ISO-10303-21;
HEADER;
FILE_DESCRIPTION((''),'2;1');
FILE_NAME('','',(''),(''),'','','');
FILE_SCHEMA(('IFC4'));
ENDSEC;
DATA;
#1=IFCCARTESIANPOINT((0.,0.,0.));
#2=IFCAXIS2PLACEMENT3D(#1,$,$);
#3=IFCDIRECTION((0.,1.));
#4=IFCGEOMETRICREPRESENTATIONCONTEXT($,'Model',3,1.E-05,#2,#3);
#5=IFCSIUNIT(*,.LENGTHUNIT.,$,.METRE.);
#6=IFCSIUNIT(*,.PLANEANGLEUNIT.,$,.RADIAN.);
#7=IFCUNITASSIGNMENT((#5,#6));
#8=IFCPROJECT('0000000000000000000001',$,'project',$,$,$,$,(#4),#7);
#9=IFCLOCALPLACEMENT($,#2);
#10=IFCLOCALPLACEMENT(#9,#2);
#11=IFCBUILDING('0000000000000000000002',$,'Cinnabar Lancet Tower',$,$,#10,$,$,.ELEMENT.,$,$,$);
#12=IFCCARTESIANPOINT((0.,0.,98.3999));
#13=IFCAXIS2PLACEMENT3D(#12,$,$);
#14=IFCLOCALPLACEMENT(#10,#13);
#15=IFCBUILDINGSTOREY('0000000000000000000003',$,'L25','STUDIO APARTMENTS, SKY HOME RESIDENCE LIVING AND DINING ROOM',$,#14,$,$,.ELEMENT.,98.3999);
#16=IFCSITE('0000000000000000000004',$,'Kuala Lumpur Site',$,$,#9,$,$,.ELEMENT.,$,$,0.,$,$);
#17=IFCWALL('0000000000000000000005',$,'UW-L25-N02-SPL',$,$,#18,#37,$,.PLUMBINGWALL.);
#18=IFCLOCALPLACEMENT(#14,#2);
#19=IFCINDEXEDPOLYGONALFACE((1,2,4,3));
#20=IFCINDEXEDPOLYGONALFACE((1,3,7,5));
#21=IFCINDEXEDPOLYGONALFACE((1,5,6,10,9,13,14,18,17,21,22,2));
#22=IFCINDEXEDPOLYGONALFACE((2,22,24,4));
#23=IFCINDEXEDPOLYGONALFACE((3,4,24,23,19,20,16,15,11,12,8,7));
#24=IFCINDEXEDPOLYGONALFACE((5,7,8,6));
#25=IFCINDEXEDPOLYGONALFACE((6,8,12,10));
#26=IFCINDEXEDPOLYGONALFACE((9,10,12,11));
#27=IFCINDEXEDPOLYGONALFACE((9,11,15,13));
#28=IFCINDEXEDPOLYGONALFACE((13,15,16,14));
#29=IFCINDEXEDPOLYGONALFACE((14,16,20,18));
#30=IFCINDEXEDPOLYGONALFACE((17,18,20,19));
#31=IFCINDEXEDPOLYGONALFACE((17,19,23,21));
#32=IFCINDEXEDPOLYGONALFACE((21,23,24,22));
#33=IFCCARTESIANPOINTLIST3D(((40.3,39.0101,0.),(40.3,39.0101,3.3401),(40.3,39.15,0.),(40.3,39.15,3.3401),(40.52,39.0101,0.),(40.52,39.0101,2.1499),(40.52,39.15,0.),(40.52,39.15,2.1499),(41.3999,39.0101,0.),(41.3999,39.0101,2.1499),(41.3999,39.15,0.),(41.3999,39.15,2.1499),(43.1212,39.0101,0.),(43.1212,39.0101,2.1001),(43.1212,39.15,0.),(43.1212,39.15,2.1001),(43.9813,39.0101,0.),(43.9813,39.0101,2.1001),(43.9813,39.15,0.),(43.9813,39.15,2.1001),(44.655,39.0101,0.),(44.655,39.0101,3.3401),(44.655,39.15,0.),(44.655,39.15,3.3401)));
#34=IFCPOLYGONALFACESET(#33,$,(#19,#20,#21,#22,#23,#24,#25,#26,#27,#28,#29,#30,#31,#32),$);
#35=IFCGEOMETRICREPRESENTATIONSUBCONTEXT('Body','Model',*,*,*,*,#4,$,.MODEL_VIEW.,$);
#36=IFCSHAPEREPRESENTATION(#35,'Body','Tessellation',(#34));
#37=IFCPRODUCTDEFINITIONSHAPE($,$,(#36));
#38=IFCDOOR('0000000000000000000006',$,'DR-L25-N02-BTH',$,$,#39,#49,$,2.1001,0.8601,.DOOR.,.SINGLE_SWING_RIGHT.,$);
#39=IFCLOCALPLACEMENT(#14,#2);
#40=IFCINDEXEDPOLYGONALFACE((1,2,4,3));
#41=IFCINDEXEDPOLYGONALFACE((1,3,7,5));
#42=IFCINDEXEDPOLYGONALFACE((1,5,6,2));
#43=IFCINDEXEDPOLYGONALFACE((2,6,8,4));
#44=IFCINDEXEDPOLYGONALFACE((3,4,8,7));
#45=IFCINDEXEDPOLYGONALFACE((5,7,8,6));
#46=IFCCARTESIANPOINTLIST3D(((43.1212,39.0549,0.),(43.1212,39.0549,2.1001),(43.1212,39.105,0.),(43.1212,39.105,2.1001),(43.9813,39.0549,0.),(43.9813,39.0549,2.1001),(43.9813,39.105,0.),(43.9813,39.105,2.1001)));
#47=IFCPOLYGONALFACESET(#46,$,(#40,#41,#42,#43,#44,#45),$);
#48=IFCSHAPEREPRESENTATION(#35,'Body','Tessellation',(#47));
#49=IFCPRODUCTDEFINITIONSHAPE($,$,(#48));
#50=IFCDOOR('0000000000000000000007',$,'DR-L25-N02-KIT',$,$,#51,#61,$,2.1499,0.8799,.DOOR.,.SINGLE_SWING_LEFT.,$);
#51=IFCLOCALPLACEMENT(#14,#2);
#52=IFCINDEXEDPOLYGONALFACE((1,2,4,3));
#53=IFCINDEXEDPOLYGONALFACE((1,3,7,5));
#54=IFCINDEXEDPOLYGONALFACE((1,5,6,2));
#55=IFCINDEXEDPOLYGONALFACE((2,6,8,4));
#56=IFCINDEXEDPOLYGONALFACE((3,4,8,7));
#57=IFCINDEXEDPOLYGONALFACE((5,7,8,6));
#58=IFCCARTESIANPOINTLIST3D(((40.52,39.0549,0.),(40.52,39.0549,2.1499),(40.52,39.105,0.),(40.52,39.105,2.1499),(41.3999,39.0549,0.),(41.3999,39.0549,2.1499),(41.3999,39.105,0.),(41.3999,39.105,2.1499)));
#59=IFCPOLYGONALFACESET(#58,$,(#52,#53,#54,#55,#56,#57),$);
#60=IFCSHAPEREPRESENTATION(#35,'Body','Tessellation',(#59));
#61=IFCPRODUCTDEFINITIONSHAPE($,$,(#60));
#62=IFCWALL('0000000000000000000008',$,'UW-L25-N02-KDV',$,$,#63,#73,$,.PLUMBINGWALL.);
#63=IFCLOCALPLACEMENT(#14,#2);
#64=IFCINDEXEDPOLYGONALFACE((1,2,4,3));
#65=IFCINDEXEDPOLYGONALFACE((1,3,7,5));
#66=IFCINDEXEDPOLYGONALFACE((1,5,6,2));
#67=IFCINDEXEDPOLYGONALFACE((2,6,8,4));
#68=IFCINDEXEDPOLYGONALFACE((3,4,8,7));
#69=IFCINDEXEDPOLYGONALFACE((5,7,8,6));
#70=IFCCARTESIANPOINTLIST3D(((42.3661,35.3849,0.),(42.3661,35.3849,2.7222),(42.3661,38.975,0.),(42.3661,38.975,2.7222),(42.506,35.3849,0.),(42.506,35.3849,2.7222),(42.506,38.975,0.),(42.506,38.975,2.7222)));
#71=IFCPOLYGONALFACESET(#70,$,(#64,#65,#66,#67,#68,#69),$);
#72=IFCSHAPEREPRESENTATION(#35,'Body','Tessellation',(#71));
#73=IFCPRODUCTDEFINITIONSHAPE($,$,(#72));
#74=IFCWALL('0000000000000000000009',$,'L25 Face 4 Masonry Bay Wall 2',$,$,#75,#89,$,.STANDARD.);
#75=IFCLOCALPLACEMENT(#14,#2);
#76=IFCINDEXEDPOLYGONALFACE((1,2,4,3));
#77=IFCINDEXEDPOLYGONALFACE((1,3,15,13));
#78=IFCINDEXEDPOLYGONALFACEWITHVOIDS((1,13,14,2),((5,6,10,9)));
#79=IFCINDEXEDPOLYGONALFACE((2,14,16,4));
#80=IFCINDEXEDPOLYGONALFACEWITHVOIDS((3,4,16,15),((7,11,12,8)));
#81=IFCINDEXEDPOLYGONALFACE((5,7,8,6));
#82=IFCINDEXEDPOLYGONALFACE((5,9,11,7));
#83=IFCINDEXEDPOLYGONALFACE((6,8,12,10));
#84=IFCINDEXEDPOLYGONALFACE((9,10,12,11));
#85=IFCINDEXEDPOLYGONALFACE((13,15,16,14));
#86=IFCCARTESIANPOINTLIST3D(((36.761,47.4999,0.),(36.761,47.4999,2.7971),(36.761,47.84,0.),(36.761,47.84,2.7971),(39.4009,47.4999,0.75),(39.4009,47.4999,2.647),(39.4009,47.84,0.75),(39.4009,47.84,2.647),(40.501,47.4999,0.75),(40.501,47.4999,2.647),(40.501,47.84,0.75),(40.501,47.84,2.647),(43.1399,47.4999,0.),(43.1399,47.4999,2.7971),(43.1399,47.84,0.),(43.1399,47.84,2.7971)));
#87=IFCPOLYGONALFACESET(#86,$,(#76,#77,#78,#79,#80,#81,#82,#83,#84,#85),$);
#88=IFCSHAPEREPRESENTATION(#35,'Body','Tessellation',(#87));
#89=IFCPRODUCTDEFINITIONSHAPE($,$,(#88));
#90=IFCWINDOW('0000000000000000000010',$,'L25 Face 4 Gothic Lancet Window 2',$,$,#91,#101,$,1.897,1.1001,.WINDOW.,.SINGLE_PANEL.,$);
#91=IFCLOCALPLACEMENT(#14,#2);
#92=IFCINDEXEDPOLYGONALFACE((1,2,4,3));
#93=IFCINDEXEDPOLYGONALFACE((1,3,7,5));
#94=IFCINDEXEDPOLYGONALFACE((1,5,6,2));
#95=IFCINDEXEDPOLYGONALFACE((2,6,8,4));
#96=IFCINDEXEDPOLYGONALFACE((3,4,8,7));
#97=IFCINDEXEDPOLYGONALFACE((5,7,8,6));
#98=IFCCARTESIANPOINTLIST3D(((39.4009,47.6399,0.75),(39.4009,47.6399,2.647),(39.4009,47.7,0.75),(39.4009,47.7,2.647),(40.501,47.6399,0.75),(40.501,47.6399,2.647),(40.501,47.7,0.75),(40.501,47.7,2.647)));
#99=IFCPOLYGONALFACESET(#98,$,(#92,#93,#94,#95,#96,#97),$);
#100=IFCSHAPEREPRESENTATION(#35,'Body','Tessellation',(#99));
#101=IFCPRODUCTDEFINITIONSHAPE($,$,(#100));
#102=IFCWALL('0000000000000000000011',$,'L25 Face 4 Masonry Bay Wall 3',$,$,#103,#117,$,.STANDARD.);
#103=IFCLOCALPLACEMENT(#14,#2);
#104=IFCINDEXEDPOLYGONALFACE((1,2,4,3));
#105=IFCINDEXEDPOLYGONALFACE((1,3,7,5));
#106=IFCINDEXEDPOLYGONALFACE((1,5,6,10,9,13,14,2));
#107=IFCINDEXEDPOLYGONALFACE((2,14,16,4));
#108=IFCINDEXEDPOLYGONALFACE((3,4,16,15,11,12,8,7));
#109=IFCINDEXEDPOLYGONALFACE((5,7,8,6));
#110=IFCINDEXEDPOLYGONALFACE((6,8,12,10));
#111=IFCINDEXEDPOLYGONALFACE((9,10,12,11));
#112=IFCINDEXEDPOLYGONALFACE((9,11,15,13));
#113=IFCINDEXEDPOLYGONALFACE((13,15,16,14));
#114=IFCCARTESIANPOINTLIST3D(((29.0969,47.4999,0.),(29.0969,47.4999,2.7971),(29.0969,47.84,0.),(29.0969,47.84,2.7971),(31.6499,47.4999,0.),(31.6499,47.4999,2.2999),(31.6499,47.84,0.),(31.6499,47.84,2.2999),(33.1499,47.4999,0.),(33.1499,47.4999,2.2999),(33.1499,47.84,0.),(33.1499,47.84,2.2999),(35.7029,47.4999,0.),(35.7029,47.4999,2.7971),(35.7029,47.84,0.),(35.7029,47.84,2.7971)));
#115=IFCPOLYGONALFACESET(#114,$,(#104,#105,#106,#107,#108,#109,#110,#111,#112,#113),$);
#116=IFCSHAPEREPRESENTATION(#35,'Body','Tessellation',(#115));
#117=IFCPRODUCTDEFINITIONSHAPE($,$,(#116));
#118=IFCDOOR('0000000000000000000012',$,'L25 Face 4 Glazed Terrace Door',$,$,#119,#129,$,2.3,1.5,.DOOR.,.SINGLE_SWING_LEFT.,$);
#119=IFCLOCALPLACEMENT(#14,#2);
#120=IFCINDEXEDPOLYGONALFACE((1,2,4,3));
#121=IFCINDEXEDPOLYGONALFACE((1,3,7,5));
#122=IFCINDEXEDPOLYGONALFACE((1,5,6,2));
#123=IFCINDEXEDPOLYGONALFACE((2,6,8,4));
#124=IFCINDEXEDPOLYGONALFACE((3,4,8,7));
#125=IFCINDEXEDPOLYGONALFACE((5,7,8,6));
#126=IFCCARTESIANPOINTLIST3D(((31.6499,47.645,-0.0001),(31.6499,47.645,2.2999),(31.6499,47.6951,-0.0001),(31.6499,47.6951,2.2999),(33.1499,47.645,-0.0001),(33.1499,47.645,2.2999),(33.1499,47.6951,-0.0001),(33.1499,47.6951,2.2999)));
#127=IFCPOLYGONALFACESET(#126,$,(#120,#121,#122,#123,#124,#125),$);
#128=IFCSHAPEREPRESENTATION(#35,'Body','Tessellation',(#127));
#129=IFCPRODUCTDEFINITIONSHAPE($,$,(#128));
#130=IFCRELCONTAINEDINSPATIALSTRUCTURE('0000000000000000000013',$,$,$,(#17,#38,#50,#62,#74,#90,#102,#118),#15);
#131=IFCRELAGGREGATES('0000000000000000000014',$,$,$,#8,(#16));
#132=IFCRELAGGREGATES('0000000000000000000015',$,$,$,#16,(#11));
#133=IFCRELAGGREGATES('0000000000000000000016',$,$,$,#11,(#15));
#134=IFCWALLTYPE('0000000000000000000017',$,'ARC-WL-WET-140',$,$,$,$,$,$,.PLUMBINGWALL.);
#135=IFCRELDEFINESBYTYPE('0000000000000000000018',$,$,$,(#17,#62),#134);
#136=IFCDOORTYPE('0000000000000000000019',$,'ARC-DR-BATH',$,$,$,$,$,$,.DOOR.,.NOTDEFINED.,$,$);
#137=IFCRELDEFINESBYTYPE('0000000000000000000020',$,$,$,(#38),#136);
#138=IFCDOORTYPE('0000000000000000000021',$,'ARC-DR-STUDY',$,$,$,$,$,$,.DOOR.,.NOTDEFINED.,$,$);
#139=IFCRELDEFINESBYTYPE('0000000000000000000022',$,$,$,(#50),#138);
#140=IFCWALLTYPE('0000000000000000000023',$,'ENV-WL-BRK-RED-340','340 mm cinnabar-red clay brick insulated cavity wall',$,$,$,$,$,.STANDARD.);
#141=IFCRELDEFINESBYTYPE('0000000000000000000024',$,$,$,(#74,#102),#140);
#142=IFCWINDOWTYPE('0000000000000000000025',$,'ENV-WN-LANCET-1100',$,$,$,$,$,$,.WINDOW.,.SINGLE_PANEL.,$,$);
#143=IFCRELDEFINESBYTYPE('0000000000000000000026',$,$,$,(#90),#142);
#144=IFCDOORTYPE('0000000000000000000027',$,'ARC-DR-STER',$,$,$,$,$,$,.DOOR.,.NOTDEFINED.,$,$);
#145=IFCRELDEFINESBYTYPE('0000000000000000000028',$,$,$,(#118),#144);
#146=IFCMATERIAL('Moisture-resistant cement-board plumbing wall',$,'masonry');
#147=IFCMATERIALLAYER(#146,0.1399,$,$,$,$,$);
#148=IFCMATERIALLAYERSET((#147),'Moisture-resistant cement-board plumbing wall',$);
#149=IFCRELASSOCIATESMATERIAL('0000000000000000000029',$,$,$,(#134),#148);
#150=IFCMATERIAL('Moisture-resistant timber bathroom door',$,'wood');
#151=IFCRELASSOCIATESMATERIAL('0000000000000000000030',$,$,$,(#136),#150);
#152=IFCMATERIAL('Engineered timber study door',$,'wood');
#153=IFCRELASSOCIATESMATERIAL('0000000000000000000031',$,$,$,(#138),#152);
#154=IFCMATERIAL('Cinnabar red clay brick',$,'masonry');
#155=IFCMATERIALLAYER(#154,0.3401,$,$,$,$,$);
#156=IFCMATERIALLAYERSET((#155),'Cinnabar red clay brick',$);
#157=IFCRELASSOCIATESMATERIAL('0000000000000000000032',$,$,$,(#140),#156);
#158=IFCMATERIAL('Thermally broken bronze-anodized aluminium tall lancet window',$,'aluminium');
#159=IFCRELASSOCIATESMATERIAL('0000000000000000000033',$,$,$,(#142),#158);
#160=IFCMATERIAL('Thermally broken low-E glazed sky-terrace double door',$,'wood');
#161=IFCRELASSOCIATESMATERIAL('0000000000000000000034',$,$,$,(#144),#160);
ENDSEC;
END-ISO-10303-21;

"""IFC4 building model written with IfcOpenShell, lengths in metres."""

from ifc_helpers import new_model, si_unit, direction, frame, frame_2d, origin, place, context, subcontext, project, spatial, rectangle, extrude, material, layer, layer_set, type_object, element, fill, save


model = new_model("IFC4")

# Units and contexts
model_context = context("Model", 3, precision=1e-05, world=origin(), true_north=direction((0.0, 1.0)))
body_context = subcontext(model_context, "Body", "Model", "MODEL_VIEW")
ifc_project = project(units=[si_unit("LENGTHUNIT", "METRE"), si_unit("PLANEANGLEUNIT", "RADIAN")], contexts=[model_context])

# Site, building, storey
site_placement = place(None, origin())
site = spatial("IfcSite", under=ifc_project, at=site_placement, Name="Kuala Lumpur Site", CompositionType="ELEMENT", RefElevation=0.0)
building_placement = place(site_placement, origin())
building = spatial("IfcBuilding", under=site, at=building_placement, Name="Cinnabar Lancet Tower", CompositionType="ELEMENT")
storey_placement = place(building_placement, frame((0.0, 0.0, 98.3999)))
storey = spatial("IfcBuildingStorey", under=building, at=storey_placement, Name="L25", Description="STUDIO APARTMENTS, SKY HOME RESIDENCE LIVING AND DINING ROOM", CompositionType="ELEMENT", Elevation=98.3999)

# Wall, openings, doors
ifc_material_1 = material(Name="Moisture-resistant cement-board plumbing wall", Category="masonry")
ifc_layer_1 = layer(ifc_material_1, 0.1399)
ifc_layer_set_1 = layer_set([ifc_layer_1], Name="Moisture-resistant cement-board plumbing wall")
wall_type_1 = type_object("IfcWallType", Name="ARC-WL-WET-140", PredefinedType="PLUMBINGWALL", material=ifc_layer_set_1)
wall_1_placement = place(storey_placement, frame((40.3, 39.0801, 0.0), z_axis=(0.0, 0.0, 1.0), x_axis=(1.0, 0.0, 0.0)))
wall_1 = element("IfcWall", 1, at=wall_1_placement, inside=storey, type_object=wall_type_1, Name="UW-L25-N02-SPL", PredefinedType="PLUMBINGWALL", context=body_context, shape_type="SweptSolid", body=[
    extrude(rectangle(XDim=4.355, YDim=0.1399, at=frame_2d((2.1775, 0.0))), origin(), (0.0, 0.0, 1.0), 3.3401),
])
opening_1_placement = place(wall_1_placement, frame((2.821, 0.0, 0.0)))
opening_1 = element("IfcOpeningElement", 2, at=opening_1_placement, cuts=wall_1, PredefinedType="OPENING", context=body_context, shape_type="SweptSolid", body=[
    extrude(rectangle(XDim=0.8601, YDim=2.1001, at=frame_2d((0.4302, 1.05))), frame((0.0, 0.0798, 0.0), z_axis=(0.0, -1.0, 0.0), x_axis=(1.0, 0.0, 0.0)), (0.0, 0.0, 1.0), 0.1599),
])
opening_2_placement = place(wall_1_placement, frame((0.22, 0.0, 0.0)))
opening_2 = element("IfcOpeningElement", 3, at=opening_2_placement, cuts=wall_1, PredefinedType="OPENING", context=body_context, shape_type="SweptSolid", body=[
    extrude(rectangle(XDim=0.8799, YDim=2.1499, at=frame_2d((0.4399, 1.075))), frame((0.0, 0.0798, 0.0), z_axis=(0.0, -1.0, 0.0), x_axis=(1.0, 0.0, 0.0)), (0.0, 0.0, 1.0), 0.1599),
])
ifc_material_2 = material(Name="Moisture-resistant timber bathroom door", Category="wood")
door_type_1 = type_object("IfcDoorType", Name="ARC-DR-BATH", OperationType="NOTDEFINED", PredefinedType="DOOR", material=ifc_material_2)
door_1_placement = place(opening_1_placement, origin())
door_1 = element("IfcDoor", 4, at=door_1_placement, inside=storey, type_object=door_type_1, Name="DR-L25-N02-BTH", OperationType="SINGLE_SWING_RIGHT", OverallHeight=2.1001, OverallWidth=0.8601, PredefinedType="DOOR", context=body_context, shape_type="SweptSolid", body=[
    extrude(rectangle(XDim=0.8601, YDim=2.1001, at=frame_2d((0.4302, 1.05))), frame((0.0, 0.0249, 0.0), z_axis=(0.0, -1.0, 0.0), x_axis=(1.0, 0.0, 0.0)), (0.0, 0.0, 1.0), 0.05),
])
fill(opening_1, door_1)
ifc_material_3 = material(Name="Engineered timber study door", Category="wood")
door_type_2 = type_object("IfcDoorType", Name="ARC-DR-STUDY", OperationType="NOTDEFINED", PredefinedType="DOOR", material=ifc_material_3)
door_2_placement = place(opening_2_placement, origin())
door_2 = element("IfcDoor", 5, at=door_2_placement, inside=storey, type_object=door_type_2, Name="DR-L25-N02-KIT", OperationType="SINGLE_SWING_LEFT", OverallHeight=2.1499, OverallWidth=0.8799, PredefinedType="DOOR", context=body_context, shape_type="SweptSolid", body=[
    extrude(rectangle(XDim=0.8799, YDim=2.1499, at=frame_2d((0.4399, 1.075))), frame((0.0, 0.0249, 0.0), z_axis=(0.0, -1.0, 0.0), x_axis=(1.0, 0.0, 0.0)), (0.0, 0.0, 1.0), 0.05),
])
fill(opening_2, door_2)

# Wall
wall_2_placement = place(storey_placement, frame((42.436, 35.385, 0.0), z_axis=(0.0, 0.0, 1.0), x_axis=(0.0, 1.0, 0.0)))
element("IfcWall", 6, at=wall_2_placement, inside=storey, type_object=wall_type_1, Name="UW-L25-N02-KDV", PredefinedType="PLUMBINGWALL", context=body_context, shape_type="SweptSolid", body=[
    extrude(rectangle(XDim=3.5901, YDim=0.1399, at=frame_2d((1.7949, 0.0))), origin(), (0.0, 0.0, 1.0), 2.7222),
])

# Wall, opening, window
ifc_material_4 = material(Name="Cinnabar red clay brick", Category="masonry")
ifc_layer_2 = layer(ifc_material_4, 0.3401)
ifc_layer_set_2 = layer_set([ifc_layer_2], Name="Cinnabar red clay brick")
wall_type_2 = type_object("IfcWallType", Name="ENV-WL-BRK-RED-340", Description="340 mm cinnabar-red clay brick insulated cavity wall", PredefinedType="STANDARD", material=ifc_layer_set_2)
wall_3_placement = place(storey_placement, frame((43.1399, 47.6699, 0.0), z_axis=(0.0, 0.0, 1.0), x_axis=(-1.0, 0.0, 0.0)))
wall_3 = element("IfcWall", 7, at=wall_3_placement, inside=storey, type_object=wall_type_2, Name="L25 Face 4 Masonry Bay Wall 2", PredefinedType="STANDARD", context=body_context, shape_type="SweptSolid", body=[
    extrude(rectangle(XDim=6.3789, YDim=0.3401, at=frame_2d((3.1895, 0.0))), origin(), (0.0, 0.0, 1.0), 2.7971),
])
opening_3_placement = place(wall_3_placement, frame((2.6389, 0.0, 0.75)))
opening_3 = element("IfcOpeningElement", 8, at=opening_3_placement, cuts=wall_3, PredefinedType="OPENING", context=body_context, shape_type="SweptSolid", body=[
    extrude(rectangle(XDim=1.1001, YDim=1.897, at=frame_2d((0.55, 0.9485))), frame((0.0, 0.1799, 0.0), z_axis=(0.0, -1.0, 0.0), x_axis=(1.0, 0.0, 0.0)), (0.0, 0.0, 1.0), 0.3601),
])
ifc_material_5 = material(Name="Thermally broken bronze-anodized aluminium tall lancet window", Category="aluminium")
window_type = type_object("IfcWindowType", Name="ENV-WN-LANCET-1100", PartitioningType="SINGLE_PANEL", PredefinedType="WINDOW", material=ifc_material_5)
window_placement = place(opening_3_placement, origin())
window = element("IfcWindow", 9, at=window_placement, inside=storey, type_object=window_type, Name="L25 Face 4 Gothic Lancet Window 2", OverallHeight=1.897, OverallWidth=1.1001, PartitioningType="SINGLE_PANEL", PredefinedType="WINDOW", context=body_context, shape_type="SweptSolid", body=[
    extrude(rectangle(XDim=1.1001, YDim=1.897, at=frame_2d((0.55, 0.9485))), frame((0.0, 0.03, 0.0), z_axis=(0.0, -1.0, 0.0), x_axis=(1.0, 0.0, 0.0)), (0.0, 0.0, 1.0), 0.0601),
])
fill(opening_3, window)

# Wall, opening, door
wall_4_placement = place(storey_placement, frame((35.7029, 47.6699, 0.0), z_axis=(0.0, 0.0, 1.0), x_axis=(-1.0, 0.0, 0.0)))
wall_4 = element("IfcWall", 10, at=wall_4_placement, inside=storey, type_object=wall_type_2, Name="L25 Face 4 Masonry Bay Wall 3", PredefinedType="STANDARD", context=body_context, shape_type="SweptSolid", body=[
    extrude(rectangle(XDim=6.606, YDim=0.3401, at=frame_2d((3.303, 0.0))), origin(), (0.0, 0.0, 1.0), 2.7971),
])
opening_4_placement = place(wall_4_placement, frame((2.553, 0.0, 0.0)))
opening_4 = element("IfcOpeningElement", 11, at=opening_4_placement, cuts=wall_4, PredefinedType="OPENING", context=body_context, shape_type="SweptSolid", body=[
    extrude(rectangle(XDim=1.5, YDim=2.3, at=frame_2d((0.75, 1.1499))), frame((0.0, 0.1799, 0.0), z_axis=(0.0, -1.0, 0.0), x_axis=(1.0, 0.0, 0.0)), (0.0, 0.0, 1.0), 0.3601),
])
ifc_material_6 = material(Name="Thermally broken low-E glazed sky-terrace double door", Category="wood")
door_type_3 = type_object("IfcDoorType", Name="ARC-DR-STER", OperationType="NOTDEFINED", PredefinedType="DOOR", material=ifc_material_6)
door_3_placement = place(opening_4_placement, origin())
door_3 = element("IfcDoor", 12, at=door_3_placement, inside=storey, type_object=door_type_3, Name="L25 Face 4 Glazed Terrace Door", OperationType="SINGLE_SWING_LEFT", OverallHeight=2.3, OverallWidth=1.5, PredefinedType="DOOR", context=body_context, shape_type="SweptSolid", body=[
    extrude(rectangle(XDim=1.5, YDim=2.3, at=frame_2d((0.75, 1.1499))), frame((0.0, 0.0249, 0.0), z_axis=(0.0, -1.0, 0.0), x_axis=(1.0, 0.0, 0.0)), (0.0, 0.0, 1.0), 0.05),
])
fill(opening_4, door_3)

save(model, "model.ifc")
